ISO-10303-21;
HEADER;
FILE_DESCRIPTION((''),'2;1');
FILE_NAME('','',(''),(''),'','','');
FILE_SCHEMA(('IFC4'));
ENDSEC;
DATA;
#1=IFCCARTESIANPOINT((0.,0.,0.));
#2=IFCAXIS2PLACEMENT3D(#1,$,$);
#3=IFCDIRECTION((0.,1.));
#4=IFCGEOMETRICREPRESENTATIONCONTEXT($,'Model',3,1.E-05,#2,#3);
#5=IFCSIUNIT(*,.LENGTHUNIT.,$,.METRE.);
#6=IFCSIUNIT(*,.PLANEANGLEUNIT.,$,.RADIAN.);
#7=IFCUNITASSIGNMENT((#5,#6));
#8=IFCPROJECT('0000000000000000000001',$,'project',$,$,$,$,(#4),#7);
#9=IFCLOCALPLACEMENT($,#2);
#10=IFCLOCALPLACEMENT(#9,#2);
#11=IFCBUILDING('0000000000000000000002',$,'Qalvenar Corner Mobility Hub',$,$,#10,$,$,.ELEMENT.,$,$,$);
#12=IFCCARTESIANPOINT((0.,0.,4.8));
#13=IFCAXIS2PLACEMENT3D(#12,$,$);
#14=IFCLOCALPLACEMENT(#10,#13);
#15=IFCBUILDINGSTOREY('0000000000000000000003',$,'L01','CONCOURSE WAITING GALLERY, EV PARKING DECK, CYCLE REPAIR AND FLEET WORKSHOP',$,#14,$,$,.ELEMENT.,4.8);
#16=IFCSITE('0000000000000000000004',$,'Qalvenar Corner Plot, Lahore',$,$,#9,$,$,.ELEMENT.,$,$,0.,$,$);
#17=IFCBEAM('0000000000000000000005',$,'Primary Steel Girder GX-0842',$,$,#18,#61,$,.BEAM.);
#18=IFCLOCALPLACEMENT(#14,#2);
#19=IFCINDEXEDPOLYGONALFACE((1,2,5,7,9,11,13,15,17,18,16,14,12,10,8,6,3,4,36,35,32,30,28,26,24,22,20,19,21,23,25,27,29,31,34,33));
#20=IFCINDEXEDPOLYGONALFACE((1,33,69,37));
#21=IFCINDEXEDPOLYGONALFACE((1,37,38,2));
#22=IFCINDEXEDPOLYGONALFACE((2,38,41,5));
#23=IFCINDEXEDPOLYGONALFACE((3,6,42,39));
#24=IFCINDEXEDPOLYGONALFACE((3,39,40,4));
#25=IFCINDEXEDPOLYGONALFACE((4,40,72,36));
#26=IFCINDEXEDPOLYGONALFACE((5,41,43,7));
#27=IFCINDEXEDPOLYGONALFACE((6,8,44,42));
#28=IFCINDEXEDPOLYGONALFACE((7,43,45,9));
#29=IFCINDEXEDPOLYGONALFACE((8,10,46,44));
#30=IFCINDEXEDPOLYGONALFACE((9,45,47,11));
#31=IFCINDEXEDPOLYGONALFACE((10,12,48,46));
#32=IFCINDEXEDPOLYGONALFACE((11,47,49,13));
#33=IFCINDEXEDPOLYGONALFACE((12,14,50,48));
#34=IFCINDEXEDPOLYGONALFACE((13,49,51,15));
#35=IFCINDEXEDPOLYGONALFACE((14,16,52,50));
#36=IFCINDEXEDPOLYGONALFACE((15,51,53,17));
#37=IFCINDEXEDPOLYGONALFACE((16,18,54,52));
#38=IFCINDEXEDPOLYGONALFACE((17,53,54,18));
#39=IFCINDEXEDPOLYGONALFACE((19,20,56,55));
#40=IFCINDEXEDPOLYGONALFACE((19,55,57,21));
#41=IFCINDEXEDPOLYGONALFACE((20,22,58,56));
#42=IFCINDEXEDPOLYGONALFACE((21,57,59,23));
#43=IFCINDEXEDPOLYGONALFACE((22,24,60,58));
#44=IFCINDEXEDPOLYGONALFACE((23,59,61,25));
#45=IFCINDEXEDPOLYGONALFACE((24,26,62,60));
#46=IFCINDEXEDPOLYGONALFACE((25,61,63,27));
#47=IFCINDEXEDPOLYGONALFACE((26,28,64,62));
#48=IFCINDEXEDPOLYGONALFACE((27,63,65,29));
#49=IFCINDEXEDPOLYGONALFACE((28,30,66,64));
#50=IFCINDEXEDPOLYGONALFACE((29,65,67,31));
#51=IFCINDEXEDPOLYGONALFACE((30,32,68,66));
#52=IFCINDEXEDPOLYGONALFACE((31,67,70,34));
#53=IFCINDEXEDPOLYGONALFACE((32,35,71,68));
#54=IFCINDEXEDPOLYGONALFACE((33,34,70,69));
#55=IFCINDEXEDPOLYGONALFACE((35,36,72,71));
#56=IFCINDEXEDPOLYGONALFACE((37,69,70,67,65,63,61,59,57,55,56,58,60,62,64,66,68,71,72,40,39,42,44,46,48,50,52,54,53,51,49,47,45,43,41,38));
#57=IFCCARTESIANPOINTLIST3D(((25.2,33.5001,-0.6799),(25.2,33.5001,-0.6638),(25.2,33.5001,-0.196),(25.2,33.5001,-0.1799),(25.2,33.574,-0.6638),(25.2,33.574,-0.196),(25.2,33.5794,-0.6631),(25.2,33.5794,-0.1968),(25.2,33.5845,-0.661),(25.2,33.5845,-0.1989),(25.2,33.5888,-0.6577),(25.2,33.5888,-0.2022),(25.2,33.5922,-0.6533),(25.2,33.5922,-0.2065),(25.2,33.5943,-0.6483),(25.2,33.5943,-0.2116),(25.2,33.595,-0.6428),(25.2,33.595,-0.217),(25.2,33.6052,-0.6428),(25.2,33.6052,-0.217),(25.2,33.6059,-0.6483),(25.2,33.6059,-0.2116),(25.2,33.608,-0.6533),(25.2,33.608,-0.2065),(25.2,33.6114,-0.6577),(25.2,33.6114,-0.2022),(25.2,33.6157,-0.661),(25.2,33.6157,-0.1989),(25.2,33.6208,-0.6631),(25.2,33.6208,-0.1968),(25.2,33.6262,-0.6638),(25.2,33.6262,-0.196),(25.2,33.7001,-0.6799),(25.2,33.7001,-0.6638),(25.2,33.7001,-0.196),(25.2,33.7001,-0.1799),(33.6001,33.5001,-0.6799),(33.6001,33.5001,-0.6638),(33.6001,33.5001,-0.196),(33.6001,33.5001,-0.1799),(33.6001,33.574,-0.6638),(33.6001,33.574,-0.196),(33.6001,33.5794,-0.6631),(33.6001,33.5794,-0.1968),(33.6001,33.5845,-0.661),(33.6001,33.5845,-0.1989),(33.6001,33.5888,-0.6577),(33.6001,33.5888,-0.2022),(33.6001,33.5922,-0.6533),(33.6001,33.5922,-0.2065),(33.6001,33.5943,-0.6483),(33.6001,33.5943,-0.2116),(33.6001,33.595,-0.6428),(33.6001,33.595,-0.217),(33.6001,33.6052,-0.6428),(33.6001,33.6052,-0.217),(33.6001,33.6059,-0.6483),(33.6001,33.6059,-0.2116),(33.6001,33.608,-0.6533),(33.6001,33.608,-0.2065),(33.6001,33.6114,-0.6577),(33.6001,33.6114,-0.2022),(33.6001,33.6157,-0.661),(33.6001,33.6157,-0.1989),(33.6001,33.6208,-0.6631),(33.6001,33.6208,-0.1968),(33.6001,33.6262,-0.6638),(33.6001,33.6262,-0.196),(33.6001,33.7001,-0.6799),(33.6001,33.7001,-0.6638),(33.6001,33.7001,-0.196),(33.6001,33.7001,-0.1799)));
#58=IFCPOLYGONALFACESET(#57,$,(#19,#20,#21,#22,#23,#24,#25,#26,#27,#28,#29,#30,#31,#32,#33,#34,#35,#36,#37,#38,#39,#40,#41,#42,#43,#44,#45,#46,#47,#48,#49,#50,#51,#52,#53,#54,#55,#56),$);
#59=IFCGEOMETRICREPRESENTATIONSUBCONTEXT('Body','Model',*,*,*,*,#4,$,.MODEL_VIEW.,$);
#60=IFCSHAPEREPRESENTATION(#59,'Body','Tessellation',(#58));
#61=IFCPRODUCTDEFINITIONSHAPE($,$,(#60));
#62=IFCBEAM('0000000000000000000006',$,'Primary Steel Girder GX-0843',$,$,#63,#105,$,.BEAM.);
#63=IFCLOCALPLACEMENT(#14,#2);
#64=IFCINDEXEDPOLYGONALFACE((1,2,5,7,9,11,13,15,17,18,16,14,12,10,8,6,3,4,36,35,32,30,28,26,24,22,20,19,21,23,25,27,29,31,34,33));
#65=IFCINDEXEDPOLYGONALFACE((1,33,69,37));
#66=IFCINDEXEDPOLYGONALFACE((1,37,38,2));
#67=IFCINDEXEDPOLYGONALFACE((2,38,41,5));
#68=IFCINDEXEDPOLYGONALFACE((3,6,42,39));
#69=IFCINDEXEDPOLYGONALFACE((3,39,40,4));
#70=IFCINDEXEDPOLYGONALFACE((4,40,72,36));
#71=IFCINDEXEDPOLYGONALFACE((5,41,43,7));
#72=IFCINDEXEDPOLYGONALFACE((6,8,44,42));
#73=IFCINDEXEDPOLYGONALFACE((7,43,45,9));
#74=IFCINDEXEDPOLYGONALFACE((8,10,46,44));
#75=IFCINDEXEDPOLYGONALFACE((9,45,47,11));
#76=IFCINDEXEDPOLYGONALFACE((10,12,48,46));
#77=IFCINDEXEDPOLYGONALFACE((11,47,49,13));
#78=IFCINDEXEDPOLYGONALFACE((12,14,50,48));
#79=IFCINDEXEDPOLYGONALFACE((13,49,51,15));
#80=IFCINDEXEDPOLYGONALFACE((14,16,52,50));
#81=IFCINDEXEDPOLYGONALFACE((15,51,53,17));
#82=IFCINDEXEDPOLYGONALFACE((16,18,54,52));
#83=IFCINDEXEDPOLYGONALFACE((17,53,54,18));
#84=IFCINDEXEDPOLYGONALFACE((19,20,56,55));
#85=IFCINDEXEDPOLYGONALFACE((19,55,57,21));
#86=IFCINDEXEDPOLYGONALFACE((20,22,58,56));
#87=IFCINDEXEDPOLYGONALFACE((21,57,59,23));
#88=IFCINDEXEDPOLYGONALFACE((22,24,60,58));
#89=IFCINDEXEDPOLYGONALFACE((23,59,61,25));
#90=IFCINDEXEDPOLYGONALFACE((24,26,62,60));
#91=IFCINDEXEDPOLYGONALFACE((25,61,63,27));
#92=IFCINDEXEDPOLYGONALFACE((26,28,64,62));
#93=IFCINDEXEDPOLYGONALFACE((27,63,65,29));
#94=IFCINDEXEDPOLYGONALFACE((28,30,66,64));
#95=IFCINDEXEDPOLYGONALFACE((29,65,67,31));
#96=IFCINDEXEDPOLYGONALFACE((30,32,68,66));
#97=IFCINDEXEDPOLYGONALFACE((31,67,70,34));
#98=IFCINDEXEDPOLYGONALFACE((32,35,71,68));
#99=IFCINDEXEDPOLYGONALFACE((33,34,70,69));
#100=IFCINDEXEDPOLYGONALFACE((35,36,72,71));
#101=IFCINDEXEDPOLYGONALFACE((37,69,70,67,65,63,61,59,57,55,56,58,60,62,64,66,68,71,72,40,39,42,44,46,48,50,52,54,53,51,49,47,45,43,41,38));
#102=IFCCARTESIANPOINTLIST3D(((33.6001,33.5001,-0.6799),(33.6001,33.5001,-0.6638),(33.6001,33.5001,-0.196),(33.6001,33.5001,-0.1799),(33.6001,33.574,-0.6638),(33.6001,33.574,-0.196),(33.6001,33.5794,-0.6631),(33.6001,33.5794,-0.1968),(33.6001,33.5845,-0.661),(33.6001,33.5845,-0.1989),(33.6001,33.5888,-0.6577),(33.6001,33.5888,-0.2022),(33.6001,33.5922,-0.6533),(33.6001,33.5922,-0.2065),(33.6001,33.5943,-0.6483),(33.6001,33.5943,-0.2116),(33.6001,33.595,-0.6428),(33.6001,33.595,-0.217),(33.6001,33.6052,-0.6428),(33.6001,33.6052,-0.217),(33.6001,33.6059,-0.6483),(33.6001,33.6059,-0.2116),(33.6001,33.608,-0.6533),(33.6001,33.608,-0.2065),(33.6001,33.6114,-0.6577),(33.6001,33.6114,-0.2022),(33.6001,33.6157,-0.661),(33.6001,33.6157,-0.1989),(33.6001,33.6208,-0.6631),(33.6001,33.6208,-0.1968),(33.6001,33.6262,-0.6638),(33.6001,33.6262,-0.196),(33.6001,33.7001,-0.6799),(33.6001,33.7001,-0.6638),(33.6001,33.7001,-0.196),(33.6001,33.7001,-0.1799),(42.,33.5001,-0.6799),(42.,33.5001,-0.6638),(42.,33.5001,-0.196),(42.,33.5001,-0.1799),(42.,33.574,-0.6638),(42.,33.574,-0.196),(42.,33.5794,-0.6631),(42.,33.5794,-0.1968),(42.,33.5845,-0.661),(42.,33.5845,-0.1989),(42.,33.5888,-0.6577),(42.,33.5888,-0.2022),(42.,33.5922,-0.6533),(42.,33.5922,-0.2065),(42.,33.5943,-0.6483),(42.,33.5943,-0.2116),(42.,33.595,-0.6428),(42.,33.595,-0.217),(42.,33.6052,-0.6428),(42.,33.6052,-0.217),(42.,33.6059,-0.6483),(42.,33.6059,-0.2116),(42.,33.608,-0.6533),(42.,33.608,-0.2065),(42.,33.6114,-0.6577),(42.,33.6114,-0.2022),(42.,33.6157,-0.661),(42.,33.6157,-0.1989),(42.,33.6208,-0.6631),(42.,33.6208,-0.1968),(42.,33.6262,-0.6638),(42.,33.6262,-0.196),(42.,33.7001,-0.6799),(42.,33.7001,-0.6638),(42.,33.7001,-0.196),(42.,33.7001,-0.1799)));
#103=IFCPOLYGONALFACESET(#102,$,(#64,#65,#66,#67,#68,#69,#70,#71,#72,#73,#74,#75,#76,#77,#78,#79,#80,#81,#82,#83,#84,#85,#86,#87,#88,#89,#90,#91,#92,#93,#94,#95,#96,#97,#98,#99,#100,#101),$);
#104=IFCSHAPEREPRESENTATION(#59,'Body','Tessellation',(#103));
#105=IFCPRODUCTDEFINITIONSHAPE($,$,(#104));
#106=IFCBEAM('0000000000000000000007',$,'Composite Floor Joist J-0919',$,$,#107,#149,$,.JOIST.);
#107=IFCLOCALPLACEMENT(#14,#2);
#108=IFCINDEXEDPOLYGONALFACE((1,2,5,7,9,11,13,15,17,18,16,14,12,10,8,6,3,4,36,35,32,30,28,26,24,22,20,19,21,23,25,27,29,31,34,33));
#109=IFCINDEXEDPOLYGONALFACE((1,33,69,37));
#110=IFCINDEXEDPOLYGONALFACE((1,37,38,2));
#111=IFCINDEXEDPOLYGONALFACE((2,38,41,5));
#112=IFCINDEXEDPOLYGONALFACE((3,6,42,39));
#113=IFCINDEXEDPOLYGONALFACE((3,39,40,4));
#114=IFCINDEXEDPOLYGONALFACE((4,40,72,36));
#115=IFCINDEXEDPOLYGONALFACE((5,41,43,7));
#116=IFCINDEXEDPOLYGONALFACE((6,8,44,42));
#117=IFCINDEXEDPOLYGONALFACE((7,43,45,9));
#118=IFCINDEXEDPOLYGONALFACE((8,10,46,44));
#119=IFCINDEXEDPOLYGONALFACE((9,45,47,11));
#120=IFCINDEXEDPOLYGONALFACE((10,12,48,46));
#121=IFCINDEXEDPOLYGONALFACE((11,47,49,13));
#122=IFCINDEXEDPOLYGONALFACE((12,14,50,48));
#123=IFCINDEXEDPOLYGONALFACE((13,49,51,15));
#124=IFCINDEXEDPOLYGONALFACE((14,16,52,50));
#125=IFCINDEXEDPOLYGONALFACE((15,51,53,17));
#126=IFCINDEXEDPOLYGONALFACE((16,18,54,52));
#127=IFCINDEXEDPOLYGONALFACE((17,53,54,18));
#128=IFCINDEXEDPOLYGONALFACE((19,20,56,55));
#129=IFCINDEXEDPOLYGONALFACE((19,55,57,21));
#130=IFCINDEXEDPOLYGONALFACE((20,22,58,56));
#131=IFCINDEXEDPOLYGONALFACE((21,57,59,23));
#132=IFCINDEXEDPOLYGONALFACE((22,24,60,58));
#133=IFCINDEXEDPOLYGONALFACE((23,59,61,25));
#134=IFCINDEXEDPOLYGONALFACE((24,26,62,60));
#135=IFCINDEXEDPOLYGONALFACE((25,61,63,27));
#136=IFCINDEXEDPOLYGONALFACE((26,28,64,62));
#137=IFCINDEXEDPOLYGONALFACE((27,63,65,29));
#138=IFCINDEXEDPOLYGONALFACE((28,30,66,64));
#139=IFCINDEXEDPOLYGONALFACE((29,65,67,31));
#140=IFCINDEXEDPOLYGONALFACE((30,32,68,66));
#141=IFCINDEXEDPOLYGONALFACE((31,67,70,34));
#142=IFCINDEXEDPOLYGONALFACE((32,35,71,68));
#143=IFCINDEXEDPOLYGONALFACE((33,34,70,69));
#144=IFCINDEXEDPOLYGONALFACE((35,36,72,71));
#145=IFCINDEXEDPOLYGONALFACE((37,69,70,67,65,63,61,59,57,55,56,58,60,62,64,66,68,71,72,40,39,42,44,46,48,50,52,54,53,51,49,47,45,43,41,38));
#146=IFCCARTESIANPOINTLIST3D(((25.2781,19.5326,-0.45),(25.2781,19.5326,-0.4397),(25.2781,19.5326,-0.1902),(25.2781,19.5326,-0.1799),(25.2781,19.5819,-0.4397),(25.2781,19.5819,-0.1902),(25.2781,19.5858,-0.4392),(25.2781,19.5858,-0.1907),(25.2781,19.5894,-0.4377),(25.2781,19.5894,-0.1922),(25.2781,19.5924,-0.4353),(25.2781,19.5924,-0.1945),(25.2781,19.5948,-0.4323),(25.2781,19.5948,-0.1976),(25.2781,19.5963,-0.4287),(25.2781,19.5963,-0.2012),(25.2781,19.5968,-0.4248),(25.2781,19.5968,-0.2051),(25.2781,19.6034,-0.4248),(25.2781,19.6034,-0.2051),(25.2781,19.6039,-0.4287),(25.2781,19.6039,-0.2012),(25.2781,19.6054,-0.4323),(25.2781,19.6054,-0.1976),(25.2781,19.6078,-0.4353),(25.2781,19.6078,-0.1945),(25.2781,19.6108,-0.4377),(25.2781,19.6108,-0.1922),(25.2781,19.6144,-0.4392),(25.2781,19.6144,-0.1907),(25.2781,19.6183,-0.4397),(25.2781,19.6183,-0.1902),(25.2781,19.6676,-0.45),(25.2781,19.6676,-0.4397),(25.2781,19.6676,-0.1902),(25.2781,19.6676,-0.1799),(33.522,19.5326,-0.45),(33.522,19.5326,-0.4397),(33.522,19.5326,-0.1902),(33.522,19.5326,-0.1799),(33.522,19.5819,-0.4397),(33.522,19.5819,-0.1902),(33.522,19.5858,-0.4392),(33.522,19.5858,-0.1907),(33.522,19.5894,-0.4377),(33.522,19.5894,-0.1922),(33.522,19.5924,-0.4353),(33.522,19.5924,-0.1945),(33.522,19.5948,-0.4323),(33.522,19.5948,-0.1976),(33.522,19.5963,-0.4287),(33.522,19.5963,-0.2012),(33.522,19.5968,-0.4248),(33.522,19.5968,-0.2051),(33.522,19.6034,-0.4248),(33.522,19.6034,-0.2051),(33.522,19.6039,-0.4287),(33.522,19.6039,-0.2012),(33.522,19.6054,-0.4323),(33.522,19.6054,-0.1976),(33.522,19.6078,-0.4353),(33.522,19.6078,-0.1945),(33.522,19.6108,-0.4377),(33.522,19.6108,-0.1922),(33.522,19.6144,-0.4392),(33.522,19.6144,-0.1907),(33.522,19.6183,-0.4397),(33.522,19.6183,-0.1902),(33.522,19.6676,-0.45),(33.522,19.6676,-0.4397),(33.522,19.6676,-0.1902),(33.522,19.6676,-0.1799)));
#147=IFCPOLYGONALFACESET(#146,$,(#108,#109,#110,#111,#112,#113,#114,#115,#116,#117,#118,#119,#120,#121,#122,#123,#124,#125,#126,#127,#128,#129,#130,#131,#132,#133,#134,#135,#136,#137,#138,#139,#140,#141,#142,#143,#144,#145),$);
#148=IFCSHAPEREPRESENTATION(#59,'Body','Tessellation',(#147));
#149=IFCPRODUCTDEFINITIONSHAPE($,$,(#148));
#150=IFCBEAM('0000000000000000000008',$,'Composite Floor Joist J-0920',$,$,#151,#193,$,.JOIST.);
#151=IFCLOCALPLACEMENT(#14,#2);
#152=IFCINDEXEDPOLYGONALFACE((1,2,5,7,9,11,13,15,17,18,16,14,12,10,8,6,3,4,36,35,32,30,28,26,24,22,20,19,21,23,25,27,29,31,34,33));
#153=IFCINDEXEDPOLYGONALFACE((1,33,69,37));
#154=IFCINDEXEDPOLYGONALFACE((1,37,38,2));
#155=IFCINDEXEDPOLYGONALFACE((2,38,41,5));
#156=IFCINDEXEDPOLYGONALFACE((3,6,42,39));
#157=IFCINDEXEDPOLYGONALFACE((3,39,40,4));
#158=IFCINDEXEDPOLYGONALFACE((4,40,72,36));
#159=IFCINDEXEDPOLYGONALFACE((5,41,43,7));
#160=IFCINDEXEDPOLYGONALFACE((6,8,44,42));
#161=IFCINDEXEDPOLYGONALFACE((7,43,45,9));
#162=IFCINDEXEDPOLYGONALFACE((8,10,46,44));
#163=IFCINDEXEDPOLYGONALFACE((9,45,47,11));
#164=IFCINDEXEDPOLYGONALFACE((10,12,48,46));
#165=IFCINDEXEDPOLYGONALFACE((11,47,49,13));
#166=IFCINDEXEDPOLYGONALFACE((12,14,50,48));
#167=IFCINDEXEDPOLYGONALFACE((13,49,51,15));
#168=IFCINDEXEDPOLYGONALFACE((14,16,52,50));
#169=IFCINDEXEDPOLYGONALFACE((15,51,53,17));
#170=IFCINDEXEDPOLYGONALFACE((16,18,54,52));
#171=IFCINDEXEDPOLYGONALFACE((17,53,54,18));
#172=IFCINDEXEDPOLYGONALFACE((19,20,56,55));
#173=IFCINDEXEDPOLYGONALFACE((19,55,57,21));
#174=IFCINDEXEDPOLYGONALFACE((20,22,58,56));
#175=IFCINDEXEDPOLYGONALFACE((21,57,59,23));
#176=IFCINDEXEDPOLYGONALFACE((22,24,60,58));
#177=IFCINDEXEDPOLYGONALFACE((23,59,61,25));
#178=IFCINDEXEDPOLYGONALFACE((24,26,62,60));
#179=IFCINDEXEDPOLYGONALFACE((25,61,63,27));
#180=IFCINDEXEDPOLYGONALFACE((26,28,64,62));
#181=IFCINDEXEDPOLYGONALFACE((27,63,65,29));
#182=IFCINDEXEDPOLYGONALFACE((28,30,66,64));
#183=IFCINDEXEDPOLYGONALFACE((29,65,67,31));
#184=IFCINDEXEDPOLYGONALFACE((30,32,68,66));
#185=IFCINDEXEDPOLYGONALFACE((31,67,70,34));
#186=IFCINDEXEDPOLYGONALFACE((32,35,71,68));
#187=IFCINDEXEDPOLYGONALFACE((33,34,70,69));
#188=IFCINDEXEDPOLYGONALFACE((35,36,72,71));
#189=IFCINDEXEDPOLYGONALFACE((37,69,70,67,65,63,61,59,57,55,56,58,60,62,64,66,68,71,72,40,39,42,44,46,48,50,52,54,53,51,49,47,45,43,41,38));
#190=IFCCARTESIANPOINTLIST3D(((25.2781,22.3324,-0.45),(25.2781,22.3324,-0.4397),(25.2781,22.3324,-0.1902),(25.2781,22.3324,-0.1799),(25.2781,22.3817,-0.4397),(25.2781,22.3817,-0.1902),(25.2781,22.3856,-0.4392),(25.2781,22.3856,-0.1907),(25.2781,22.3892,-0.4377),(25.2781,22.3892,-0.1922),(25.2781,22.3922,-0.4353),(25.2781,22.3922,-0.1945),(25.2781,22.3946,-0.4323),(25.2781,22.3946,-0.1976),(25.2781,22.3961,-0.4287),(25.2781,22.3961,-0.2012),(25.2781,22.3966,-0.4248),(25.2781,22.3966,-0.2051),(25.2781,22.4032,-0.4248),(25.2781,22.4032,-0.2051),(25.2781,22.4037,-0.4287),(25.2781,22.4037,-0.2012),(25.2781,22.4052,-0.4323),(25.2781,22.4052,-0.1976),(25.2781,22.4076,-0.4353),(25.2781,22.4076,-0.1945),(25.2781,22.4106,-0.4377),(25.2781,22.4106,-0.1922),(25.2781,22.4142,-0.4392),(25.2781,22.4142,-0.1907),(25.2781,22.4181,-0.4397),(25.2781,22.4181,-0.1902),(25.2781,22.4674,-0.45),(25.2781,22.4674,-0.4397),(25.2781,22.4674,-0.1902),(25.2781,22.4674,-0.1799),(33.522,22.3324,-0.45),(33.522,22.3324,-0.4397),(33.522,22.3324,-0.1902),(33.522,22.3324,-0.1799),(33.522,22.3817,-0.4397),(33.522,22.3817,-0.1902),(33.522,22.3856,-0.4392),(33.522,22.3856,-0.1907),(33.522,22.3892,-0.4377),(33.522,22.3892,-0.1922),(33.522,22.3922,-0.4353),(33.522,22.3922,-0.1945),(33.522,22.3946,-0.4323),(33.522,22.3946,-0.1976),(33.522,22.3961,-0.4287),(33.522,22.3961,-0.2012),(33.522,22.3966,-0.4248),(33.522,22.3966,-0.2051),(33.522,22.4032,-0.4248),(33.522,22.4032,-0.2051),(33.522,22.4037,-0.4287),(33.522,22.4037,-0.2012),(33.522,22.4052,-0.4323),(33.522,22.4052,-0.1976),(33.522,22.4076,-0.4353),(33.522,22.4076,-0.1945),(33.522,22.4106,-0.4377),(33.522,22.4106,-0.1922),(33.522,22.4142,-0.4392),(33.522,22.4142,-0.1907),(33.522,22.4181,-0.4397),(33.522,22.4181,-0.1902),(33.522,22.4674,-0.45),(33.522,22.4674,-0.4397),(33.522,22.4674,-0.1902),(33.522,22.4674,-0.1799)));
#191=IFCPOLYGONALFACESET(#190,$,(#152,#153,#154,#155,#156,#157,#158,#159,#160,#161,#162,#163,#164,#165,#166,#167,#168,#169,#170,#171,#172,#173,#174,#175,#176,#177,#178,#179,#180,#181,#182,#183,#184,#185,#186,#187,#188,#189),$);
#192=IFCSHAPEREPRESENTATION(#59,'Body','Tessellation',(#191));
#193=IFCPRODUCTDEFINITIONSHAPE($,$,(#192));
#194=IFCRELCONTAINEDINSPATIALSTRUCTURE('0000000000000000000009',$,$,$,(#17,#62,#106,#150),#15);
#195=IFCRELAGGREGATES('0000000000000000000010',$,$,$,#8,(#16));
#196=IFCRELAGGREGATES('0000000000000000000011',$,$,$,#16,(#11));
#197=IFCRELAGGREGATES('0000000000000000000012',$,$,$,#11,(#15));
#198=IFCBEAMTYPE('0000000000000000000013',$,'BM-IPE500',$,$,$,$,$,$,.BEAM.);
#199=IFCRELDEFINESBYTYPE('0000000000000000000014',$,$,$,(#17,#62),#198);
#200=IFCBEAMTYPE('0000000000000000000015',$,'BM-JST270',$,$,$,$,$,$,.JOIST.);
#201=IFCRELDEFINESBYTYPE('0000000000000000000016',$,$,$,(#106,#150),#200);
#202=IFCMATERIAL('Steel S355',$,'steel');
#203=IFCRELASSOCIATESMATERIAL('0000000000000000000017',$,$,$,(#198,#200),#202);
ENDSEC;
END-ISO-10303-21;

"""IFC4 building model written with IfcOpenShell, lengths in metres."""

from ifc_helpers import new_model, si_unit, direction, frame, origin, origin_2d, place, context, subcontext, project, spatial, i_section, extrude, material, material_profile, profile_set, type_object, element, save


model = new_model("IFC4")

# Units and contexts
model_context = context("Model", 3, precision=1e-05, world=origin(), true_north=direction((0.0, 1.0)))
body_context = subcontext(model_context, "Body", "Model", "MODEL_VIEW")
ifc_project = project(units=[si_unit("LENGTHUNIT", "METRE"), si_unit("PLANEANGLEUNIT", "RADIAN")], contexts=[model_context])

# Site, building, storey
site_placement = place(None, origin())
site = spatial("IfcSite", under=ifc_project, at=site_placement, Name="Qalvenar Corner Plot, Lahore", CompositionType="ELEMENT", RefElevation=0.0)
building_placement = place(site_placement, origin())
building = spatial("IfcBuilding", under=site, at=building_placement, Name="Qalvenar Corner Mobility Hub", CompositionType="ELEMENT")
storey_placement = place(building_placement, frame((0.0, 0.0, 4.8)))
storey = spatial("IfcBuildingStorey", under=building, at=storey_placement, Name="L01", Description="CONCOURSE WAITING GALLERY, EV PARKING DECK, CYCLE REPAIR AND FLEET WORKSHOP", CompositionType="ELEMENT", Elevation=4.8)

# Shared definitions
ifc_material_1 = material(Name="Steel S355", Category="steel")

# Beams
ifc_material_profile_1 = material_profile(ifc_material_1, i_section(OverallWidth=0.2, OverallDepth=0.5, WebThickness=0.0103, FlangeThickness=0.0161, FilletRadius=0.021, at=origin_2d()), Name="IPE500")
ifc_profile_set_1 = profile_set([ifc_material_profile_1], Name="Steel S355")
beam_type_1 = type_object("IfcBeamType", Name="BM-IPE500", PredefinedType="BEAM", material=ifc_profile_set_1)
beam_1_placement = place(storey_placement, frame((25.2, 33.6001, -0.4299), z_axis=(1.0, 0.0, 0.0), x_axis=(0.0, 1.0, 0.0)))
element("IfcBeam", 1, at=beam_1_placement, inside=storey, type_object=beam_type_1, Name="Primary Steel Girder GX-0842", PredefinedType="BEAM", context=body_context, shape_type="SweptSolid", body=[
    extrude(i_section(OverallWidth=0.2, OverallDepth=0.5, WebThickness=0.0103, FlangeThickness=0.0161, FilletRadius=0.021, at=origin_2d()), origin(), (0.0, 0.0, 1.0), 8.4001),
])
beam_2_placement = place(storey_placement, frame((33.6001, 33.6001, -0.4299), z_axis=(1.0, 0.0, 0.0), x_axis=(0.0, 1.0, 0.0)))
element("IfcBeam", 2, at=beam_2_placement, inside=storey, type_object=beam_type_1, Name="Primary Steel Girder GX-0843", PredefinedType="BEAM", context=body_context, shape_type="SweptSolid", body=[
    extrude(i_section(OverallWidth=0.2, OverallDepth=0.5, WebThickness=0.0103, FlangeThickness=0.0161, FilletRadius=0.021, at=origin_2d()), origin(), (0.0, 0.0, 1.0), 8.3999),
])
ifc_material_profile_2 = material_profile(ifc_material_1, i_section(OverallWidth=0.135, OverallDepth=0.27, WebThickness=0.0066, FlangeThickness=0.0103, FilletRadius=0.0149, at=origin_2d()), Name="IPE270")
ifc_profile_set_2 = profile_set([ifc_material_profile_2], Name="Steel S355")
beam_type_2 = type_object("IfcBeamType", Name="BM-JST270", PredefinedType="JOIST", material=ifc_profile_set_2)
for number, where, z_axis, x_axis, name in (
    (3, (25.2781, 19.6001, -0.3149), (1.0, 0.0, 0.0), (0.0, 1.0, 0.0), "Composite Floor Joist J-0919"),
    (4, (25.2781, 22.3999, -0.3149), (1.0, 0.0, 0.0), (0.0, 1.0, 0.0), "Composite Floor Joist J-0920"),
):
    element("IfcBeam", number, at=place(storey_placement, frame(where, z_axis=z_axis, x_axis=x_axis)), inside=storey, type_object=beam_type_2, Name=name, PredefinedType="JOIST", context=body_context, shape_type="SweptSolid", body=[
        extrude(i_section(OverallWidth=0.135, OverallDepth=0.27, WebThickness=0.0066, FlangeThickness=0.0103, FilletRadius=0.0149, at=origin_2d()), origin(), (0.0, 0.0, 1.0), 8.2439),
    ])

save(model, "model.ifc")
